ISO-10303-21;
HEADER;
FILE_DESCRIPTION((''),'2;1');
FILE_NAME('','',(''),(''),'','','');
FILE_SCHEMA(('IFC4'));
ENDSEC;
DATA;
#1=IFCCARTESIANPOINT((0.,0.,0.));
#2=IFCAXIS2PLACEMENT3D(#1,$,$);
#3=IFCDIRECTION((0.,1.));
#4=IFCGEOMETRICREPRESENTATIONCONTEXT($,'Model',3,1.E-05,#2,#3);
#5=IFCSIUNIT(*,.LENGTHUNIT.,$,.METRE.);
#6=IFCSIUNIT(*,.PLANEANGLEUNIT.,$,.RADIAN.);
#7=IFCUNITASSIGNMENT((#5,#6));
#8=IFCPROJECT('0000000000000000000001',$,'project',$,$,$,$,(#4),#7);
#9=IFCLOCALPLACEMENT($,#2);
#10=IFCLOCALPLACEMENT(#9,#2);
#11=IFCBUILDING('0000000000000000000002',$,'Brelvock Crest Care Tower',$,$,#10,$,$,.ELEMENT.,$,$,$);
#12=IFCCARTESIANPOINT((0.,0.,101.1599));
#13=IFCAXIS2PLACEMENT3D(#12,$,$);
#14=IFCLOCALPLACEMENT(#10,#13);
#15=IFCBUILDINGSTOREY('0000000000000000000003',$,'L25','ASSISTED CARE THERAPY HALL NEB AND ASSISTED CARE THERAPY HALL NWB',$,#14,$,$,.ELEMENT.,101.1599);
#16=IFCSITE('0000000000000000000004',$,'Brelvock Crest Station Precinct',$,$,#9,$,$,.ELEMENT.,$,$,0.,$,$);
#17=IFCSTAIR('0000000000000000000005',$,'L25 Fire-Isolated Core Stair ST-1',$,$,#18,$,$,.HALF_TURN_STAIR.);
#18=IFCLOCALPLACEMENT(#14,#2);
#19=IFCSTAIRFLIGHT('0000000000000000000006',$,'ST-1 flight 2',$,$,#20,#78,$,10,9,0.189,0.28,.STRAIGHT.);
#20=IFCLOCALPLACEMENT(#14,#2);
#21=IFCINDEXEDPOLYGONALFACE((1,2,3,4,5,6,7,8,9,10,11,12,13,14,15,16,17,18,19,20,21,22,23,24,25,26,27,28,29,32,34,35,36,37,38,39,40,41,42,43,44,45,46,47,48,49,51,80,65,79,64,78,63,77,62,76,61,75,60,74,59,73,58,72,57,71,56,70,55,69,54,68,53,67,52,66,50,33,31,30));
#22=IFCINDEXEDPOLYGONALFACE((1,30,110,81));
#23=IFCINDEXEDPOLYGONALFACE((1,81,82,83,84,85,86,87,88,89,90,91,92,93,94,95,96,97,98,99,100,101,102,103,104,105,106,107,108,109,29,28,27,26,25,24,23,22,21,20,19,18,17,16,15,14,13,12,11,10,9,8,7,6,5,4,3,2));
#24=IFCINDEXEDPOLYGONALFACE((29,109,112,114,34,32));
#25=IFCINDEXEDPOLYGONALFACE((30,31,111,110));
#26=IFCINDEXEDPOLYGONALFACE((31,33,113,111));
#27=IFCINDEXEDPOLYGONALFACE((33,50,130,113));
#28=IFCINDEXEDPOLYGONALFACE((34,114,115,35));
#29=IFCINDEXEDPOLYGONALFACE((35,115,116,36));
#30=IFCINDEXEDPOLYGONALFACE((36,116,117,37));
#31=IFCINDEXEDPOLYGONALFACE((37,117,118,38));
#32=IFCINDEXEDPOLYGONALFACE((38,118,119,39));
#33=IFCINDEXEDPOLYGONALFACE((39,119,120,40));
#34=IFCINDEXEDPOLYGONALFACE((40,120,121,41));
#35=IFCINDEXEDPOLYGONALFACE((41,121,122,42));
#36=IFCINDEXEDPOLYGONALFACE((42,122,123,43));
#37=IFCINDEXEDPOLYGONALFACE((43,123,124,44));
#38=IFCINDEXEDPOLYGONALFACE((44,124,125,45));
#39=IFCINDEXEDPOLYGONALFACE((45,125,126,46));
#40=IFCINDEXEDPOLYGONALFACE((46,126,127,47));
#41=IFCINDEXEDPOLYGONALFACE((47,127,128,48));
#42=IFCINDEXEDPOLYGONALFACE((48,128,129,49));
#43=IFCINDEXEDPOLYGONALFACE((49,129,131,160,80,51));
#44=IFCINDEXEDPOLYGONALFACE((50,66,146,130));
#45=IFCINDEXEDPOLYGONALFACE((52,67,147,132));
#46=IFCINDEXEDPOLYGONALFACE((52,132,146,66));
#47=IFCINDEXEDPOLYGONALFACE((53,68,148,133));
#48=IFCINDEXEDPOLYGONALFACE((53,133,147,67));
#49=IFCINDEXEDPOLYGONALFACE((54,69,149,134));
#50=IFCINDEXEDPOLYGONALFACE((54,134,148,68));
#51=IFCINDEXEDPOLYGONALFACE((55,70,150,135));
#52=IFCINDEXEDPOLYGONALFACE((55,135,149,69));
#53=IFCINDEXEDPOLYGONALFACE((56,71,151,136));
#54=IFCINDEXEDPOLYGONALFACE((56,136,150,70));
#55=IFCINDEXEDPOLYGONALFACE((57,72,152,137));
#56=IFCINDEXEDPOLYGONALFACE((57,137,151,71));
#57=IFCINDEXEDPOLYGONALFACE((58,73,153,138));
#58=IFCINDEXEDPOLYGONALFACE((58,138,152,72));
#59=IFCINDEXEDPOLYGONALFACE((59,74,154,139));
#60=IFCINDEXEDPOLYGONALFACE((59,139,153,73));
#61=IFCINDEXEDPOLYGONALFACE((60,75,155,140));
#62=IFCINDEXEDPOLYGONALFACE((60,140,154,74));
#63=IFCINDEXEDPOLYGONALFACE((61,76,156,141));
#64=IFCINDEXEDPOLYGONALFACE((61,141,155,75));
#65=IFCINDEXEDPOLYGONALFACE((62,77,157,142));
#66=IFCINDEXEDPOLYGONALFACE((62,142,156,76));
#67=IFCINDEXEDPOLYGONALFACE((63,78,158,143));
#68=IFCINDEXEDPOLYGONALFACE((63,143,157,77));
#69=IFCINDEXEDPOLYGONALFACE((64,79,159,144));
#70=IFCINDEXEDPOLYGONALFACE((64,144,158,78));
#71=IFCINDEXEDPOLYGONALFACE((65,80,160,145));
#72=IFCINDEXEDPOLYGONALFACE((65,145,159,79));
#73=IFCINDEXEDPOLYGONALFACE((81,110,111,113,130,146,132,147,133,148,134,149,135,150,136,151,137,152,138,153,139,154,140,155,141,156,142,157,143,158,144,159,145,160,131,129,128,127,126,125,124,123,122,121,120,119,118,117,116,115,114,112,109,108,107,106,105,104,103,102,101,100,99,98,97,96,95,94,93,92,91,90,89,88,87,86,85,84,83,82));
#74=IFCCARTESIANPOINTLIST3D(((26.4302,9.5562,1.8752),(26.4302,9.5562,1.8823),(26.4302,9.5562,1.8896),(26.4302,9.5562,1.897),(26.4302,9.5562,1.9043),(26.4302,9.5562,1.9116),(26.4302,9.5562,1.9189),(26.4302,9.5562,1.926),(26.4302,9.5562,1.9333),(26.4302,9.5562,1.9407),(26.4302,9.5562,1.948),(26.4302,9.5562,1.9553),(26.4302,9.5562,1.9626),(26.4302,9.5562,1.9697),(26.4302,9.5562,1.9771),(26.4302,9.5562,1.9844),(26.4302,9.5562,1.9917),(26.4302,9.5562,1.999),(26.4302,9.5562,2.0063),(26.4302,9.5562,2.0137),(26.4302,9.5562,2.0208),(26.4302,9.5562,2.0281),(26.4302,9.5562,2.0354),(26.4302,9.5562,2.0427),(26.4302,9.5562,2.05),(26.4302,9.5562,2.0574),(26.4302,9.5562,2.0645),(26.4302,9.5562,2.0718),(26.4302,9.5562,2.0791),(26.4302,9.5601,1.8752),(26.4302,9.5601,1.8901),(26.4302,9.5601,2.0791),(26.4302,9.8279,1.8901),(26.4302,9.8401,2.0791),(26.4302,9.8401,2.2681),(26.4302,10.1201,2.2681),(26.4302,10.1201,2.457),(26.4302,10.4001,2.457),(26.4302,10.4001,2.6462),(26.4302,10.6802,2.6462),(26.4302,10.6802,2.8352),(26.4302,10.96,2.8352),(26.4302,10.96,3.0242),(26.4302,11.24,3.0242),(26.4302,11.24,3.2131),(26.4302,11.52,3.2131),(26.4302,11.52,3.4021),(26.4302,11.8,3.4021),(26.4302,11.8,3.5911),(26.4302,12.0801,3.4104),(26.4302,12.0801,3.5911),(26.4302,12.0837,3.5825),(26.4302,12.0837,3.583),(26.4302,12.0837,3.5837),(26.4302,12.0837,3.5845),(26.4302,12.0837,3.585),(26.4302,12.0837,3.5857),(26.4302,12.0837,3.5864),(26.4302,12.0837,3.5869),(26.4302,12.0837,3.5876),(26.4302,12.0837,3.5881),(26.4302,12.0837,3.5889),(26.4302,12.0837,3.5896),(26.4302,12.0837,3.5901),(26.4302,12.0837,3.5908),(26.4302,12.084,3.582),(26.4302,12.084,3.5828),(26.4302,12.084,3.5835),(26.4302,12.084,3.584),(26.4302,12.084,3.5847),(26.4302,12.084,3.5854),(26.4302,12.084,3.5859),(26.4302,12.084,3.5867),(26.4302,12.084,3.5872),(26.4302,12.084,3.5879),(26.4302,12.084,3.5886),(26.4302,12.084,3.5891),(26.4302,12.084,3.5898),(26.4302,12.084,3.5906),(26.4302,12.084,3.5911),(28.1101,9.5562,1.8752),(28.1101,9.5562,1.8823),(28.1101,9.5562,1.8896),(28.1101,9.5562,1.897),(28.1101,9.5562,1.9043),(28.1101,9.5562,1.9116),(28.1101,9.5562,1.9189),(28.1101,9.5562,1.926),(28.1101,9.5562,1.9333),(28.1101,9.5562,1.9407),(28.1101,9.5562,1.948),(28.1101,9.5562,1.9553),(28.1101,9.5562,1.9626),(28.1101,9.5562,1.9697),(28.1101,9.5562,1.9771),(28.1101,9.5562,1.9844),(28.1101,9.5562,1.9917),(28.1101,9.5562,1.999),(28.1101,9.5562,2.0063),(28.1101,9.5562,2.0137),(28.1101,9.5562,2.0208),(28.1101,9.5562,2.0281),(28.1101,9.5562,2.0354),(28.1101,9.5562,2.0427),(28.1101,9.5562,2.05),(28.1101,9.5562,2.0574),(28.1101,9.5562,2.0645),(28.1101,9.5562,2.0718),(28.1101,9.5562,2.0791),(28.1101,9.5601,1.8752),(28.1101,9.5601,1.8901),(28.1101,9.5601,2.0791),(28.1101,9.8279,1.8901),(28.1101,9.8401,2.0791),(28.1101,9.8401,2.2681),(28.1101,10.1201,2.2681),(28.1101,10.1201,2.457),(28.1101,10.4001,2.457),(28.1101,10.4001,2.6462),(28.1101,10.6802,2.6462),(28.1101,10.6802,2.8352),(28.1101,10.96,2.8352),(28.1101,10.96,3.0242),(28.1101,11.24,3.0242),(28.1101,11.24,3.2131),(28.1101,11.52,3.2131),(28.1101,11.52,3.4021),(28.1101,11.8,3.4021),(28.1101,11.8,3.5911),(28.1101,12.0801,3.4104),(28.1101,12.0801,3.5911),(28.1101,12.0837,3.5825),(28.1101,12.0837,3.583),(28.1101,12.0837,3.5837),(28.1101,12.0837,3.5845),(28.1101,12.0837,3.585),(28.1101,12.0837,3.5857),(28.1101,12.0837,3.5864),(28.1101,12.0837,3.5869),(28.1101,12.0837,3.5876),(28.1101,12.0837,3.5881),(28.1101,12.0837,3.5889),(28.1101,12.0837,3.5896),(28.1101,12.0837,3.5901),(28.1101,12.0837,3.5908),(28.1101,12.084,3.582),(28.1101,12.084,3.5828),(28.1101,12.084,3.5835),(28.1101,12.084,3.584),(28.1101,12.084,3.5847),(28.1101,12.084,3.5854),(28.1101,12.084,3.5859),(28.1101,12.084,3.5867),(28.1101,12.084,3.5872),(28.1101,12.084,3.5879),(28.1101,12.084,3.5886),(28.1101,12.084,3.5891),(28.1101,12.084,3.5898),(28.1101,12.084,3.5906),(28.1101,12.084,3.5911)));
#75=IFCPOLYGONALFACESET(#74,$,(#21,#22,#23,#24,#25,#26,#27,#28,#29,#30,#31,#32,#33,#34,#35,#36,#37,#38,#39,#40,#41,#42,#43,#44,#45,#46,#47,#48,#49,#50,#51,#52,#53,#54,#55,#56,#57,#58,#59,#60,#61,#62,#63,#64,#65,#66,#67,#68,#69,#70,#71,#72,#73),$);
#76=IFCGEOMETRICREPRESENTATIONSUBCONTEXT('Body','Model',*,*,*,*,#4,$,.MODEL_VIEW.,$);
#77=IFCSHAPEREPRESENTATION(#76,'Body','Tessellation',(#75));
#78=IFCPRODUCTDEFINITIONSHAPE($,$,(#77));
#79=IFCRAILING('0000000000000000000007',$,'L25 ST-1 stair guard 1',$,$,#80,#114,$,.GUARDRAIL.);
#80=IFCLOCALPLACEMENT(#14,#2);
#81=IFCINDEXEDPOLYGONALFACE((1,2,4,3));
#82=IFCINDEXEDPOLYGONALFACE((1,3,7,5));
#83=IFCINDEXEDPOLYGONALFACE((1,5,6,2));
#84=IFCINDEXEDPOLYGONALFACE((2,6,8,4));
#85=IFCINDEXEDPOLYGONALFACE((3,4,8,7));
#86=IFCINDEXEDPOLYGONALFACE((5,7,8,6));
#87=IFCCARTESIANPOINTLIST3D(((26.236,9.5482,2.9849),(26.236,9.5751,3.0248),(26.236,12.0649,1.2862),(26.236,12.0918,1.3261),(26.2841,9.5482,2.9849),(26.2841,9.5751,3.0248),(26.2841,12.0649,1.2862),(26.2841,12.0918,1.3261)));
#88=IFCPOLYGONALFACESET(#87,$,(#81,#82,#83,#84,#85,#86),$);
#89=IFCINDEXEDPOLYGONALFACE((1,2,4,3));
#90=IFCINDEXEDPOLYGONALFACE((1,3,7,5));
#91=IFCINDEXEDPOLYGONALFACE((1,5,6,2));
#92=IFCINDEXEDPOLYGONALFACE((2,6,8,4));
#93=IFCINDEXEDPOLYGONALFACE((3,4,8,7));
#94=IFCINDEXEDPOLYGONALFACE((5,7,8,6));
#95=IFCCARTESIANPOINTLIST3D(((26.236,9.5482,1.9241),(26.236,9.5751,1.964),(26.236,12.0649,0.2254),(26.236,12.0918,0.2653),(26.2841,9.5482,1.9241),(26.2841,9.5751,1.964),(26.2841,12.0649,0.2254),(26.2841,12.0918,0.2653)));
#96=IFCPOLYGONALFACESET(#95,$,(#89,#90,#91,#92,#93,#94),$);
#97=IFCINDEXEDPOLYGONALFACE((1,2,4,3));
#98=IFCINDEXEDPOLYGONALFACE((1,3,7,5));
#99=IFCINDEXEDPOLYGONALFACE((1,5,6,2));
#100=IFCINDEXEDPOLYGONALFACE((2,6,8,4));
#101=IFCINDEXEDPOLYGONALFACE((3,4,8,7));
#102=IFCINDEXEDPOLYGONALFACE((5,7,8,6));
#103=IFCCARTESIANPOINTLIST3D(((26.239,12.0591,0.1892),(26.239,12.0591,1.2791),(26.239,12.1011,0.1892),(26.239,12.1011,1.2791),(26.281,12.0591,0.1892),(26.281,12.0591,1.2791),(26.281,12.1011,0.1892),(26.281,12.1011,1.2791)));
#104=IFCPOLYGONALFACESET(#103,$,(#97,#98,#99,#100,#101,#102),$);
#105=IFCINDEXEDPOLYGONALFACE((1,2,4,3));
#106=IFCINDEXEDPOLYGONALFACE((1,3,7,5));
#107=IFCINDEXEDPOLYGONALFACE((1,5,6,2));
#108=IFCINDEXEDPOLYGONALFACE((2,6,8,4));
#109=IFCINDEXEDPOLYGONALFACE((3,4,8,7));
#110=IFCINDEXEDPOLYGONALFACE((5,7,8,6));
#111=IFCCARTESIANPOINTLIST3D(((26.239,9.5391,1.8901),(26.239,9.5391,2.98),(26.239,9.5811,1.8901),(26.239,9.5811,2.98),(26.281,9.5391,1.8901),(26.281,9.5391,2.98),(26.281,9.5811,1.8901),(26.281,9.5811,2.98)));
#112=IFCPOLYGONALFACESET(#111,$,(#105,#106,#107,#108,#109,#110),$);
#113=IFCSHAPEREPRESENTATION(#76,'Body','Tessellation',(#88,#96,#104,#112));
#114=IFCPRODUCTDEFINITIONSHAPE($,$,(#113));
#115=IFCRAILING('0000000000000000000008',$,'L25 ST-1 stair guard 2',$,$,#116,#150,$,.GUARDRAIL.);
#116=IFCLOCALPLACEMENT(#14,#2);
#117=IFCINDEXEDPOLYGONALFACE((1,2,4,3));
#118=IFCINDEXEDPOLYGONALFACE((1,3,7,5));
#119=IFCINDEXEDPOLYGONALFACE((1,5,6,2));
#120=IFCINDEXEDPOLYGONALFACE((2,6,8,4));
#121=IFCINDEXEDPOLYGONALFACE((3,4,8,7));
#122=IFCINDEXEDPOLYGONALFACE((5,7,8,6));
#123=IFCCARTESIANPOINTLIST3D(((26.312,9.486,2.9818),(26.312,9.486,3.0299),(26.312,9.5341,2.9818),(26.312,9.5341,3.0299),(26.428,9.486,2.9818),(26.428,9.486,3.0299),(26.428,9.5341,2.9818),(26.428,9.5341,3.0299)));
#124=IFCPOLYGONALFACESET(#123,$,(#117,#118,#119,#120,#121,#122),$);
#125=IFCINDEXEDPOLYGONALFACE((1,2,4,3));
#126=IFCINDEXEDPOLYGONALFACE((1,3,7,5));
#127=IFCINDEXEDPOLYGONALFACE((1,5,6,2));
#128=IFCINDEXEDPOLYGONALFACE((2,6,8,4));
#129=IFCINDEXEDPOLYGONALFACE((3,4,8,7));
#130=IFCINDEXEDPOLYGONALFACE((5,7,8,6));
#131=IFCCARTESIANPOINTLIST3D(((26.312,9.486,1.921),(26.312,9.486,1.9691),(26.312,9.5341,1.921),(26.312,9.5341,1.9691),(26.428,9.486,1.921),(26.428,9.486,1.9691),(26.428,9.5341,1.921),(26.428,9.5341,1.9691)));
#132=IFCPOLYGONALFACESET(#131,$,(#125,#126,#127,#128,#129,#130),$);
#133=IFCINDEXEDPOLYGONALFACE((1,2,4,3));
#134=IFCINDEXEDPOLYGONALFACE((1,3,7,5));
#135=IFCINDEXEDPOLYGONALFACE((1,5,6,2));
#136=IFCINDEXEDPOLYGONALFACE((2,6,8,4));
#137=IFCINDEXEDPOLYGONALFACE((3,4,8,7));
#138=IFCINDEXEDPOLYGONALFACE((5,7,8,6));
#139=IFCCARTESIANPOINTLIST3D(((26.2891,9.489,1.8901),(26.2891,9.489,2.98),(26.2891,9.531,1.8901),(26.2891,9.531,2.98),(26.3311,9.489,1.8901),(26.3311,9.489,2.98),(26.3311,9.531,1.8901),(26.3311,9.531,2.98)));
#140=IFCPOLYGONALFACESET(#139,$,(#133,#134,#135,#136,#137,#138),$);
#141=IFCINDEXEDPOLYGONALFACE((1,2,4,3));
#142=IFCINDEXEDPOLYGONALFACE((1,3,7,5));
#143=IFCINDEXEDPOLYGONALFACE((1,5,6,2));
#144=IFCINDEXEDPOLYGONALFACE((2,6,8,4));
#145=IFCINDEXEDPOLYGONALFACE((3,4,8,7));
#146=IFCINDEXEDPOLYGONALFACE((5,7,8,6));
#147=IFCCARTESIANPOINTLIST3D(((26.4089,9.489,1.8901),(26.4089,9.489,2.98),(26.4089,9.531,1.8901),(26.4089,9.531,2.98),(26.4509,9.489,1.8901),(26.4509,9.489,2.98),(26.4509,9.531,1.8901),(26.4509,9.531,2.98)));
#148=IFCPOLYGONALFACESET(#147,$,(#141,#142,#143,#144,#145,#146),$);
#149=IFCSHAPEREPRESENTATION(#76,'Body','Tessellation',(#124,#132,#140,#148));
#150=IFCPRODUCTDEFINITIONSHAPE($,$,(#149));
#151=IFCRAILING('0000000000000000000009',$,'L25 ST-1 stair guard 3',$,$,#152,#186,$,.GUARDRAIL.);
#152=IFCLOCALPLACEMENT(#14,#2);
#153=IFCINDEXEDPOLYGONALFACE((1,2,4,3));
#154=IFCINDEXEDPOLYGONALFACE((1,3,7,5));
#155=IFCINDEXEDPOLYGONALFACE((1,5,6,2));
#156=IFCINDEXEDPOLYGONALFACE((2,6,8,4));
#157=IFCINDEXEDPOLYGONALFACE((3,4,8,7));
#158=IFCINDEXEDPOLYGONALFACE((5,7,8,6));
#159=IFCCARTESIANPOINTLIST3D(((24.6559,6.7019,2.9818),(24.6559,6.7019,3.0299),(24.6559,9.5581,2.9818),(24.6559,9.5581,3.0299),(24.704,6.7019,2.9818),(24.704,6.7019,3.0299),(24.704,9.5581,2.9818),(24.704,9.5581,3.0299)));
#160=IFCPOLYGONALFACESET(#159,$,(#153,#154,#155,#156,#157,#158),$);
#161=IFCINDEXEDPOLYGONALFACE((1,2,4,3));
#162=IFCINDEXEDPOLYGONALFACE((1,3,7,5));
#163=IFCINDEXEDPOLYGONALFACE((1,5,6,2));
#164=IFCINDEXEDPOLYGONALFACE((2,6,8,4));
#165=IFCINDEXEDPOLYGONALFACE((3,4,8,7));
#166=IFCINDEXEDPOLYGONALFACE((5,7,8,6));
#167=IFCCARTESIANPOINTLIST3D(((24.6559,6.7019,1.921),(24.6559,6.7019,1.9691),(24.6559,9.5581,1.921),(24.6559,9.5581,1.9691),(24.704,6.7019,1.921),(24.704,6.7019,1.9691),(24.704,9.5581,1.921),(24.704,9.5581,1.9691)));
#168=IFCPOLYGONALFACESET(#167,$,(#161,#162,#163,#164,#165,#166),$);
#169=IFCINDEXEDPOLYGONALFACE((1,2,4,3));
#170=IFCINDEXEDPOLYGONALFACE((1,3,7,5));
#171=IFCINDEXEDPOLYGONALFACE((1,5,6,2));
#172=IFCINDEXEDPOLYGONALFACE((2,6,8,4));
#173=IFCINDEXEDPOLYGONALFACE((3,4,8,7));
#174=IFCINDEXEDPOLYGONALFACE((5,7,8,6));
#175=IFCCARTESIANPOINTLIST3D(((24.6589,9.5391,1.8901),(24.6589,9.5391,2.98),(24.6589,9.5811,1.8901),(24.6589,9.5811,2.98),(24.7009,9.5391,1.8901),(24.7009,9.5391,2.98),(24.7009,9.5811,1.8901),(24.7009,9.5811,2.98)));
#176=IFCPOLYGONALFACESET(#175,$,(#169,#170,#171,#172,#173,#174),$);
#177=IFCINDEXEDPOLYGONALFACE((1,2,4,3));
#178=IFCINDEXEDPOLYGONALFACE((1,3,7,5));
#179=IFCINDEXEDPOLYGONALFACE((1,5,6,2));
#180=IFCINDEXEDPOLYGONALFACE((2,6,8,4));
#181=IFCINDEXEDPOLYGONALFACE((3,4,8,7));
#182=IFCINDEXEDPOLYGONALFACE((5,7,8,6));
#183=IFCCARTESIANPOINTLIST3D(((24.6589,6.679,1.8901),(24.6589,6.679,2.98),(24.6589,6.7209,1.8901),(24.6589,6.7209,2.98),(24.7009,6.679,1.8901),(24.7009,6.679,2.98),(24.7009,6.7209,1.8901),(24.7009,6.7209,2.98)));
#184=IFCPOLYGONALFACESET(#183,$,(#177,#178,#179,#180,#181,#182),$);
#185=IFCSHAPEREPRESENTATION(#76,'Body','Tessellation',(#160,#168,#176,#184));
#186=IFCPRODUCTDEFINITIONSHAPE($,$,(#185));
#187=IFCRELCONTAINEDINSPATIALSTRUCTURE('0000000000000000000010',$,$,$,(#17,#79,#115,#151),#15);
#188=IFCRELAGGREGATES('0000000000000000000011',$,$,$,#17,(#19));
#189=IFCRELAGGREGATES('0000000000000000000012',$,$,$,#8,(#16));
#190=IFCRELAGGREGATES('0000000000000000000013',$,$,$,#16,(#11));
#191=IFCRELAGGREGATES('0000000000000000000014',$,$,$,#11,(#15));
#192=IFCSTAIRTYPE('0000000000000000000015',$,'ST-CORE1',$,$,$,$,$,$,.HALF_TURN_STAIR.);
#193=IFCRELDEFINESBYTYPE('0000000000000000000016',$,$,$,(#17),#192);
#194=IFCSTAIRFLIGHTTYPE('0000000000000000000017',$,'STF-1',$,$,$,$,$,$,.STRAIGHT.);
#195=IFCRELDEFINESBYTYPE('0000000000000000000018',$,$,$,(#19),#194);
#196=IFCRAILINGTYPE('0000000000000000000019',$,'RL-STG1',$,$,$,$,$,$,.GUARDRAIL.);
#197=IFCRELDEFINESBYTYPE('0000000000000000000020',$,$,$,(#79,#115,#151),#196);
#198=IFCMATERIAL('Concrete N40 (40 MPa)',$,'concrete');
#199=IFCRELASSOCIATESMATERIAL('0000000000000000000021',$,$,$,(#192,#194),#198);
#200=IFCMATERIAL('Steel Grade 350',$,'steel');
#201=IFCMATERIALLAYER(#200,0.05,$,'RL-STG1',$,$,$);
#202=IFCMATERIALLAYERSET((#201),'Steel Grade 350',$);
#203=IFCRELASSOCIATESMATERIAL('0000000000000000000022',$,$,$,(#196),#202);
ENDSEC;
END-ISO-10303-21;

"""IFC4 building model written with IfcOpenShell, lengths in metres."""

from ifc_helpers import new_model, si_unit, direction, frame, origin, origin_2d, place, context, subcontext, project, spatial, polyline, rectangle, outline, extrude, material, layer, layer_set, type_object, element, aggregate, save


model = new_model("IFC4")

# Units and contexts
model_context = context("Model", 3, precision=1e-05, world=origin(), true_north=direction((0.0, 1.0)))
body_context = subcontext(model_context, "Body", "Model", "MODEL_VIEW")
ifc_project = project(units=[si_unit("LENGTHUNIT", "METRE"), si_unit("PLANEANGLEUNIT", "RADIAN")], contexts=[model_context])

# Site, building, storey
site_placement = place(None, origin())
site = spatial("IfcSite", under=ifc_project, at=site_placement, Name="Brelvock Crest Station Precinct", CompositionType="ELEMENT", RefElevation=0.0)
building_placement = place(site_placement, origin())
building = spatial("IfcBuilding", under=site, at=building_placement, Name="Brelvock Crest Care Tower", CompositionType="ELEMENT")
storey_placement = place(building_placement, frame((0.0, 0.0, 101.1599)))
storey = spatial("IfcBuildingStorey", under=building, at=storey_placement, Name="L25", Description="ASSISTED CARE THERAPY HALL NEB AND ASSISTED CARE THERAPY HALL NWB", CompositionType="ELEMENT", Elevation=101.1599)

# Shared definitions
ifc_material_1 = material(Name="Steel Grade 350", Category="steel")

# Stair, stair flight
ifc_material_2 = material(Name="Concrete N40 (40 MPa)", Category="concrete")
stair_type = type_object("IfcStairType", Name="ST-CORE1", PredefinedType="HALF_TURN_STAIR", material=ifc_material_2)
stair_placement = place(storey_placement, origin())
stair = element("IfcStair", 1, at=stair_placement, inside=storey, type_object=stair_type, Name="L25 Fire-Isolated Core Stair ST-1", PredefinedType="HALF_TURN_STAIR")
stair_flight_type = type_object("IfcStairFlightType", Name="STF-1", PredefinedType="STRAIGHT", material=ifc_material_2)
stair_flight_1_placement = place(storey_placement, frame((27.27, 9.5601, 1.8901), z_axis=(0.0, 0.0, 1.0), x_axis=(0.0, 1.0, 0.0)))
stair_flight_1 = element("IfcStairFlight", 2, at=stair_flight_1_placement, type_object=stair_flight_type, Name="ST-1 flight 2", NumberOfRisers=10, NumberOfTreads=9, PredefinedType="STRAIGHT", RiserHeight=0.189, TreadLength=0.28, context=body_context, shape_type="SweptSolid", body=[
    extrude(outline(polyline([(-0.0039, -0.0149), (-0.0039, -0.0078), (-0.0039, -0.0005), (-0.0039, 0.0068), (-0.0039, 0.0142), (-0.0039, 0.0215), (-0.0039, 0.0288), (-0.0039, 0.0359), (-0.0039, 0.0432), (-0.0039, 0.0505), (-0.0039, 0.0579), (-0.0039, 0.0652), (-0.0039, 0.0725), (-0.0039, 0.0796), (-0.0039, 0.0869), (-0.0039, 0.0942), (-0.0039, 0.1016), (-0.0039, 0.1089), (-0.0039, 0.1162), (-0.0039, 0.1235), (-0.0039, 0.1306), (-0.0039, 0.1379), (-0.0039, 0.1453), (-0.0039, 0.1526), (-0.0039, 0.1599), (-0.0039, 0.1672), (-0.0039, 0.1743), (-0.0039, 0.1816), (-0.0039, 0.189), (0.0, 0.189), (0.28, 0.189), (0.28, 0.3779), (0.5601, 0.3779), (0.5601, 0.5669), (0.8401, 0.5669), (0.8401, 0.7561), (1.1201, 0.7561), (1.1201, 0.9451), (1.3999, 0.9451), (1.3999, 1.134), (1.6799, 1.134), (1.6799, 1.323), (1.96, 1.323), (1.96, 1.512), (2.24, 1.512), (2.24, 1.7009), (2.52, 1.7009), (2.5239, 1.7009), (2.5237, 1.7007), (2.5239, 1.7004), (2.5237, 1.7), (2.5239, 1.6997), (2.5237, 1.6995), (2.5239, 1.699), (2.5237, 1.6987), (2.5239, 1.6985), (2.5237, 1.698), (2.5239, 1.6978), (2.5237, 1.6975), (2.5239, 1.697), (2.5237, 1.6968), (2.5239, 1.6965), (2.5237, 1.6963), (2.5239, 1.6958), (2.5237, 1.6956), (2.5239, 1.6953), (2.5237, 1.6948), (2.5239, 1.6946), (2.5237, 1.6943), (2.5239, 1.6938), (2.5237, 1.6936), (2.5239, 1.6934), (2.5237, 1.6929), (2.5239, 1.6926), (2.5237, 1.6924), (2.5239, 1.6919), (2.52, 1.5203), (0.2678, 0.0), (0.0, 0.0), (0.0, -0.0149), (-0.0039, -0.0149)])), frame((0.0, 0.8398, 0.0), z_axis=(0.0, -1.0, 0.0), x_axis=(1.0, 0.0, 0.0)), (0.0, 0.0, 1.0), 1.6799),
])
aggregate(stair, [stair_flight_1])

# Railings
ifc_layer_1 = layer(ifc_material_1, 0.05, Name="RL-STG1")
ifc_layer_set_1 = layer_set([ifc_layer_1], Name="Steel Grade 350")
railing_type_1 = type_object("IfcRailingType", Name="RL-STG1", PredefinedType="GUARDRAIL", material=ifc_layer_set_1)
railing_1_placement = place(storey_placement, frame((26.26, 12.0801, 0.1892)))
element("IfcRailing", 3, at=railing_1_placement, inside=storey, type_object=railing_type_1, Name="L25 ST-1 stair guard 1", PredefinedType="GUARDRAIL", context=body_context, shape_type="SweptSolid", body=[
    extrude(rectangle(XDim=0.0481, YDim=0.0481, at=origin_2d()), frame((0.0, -0.0017, 1.1169), z_axis=(0.0, -0.828862, 0.559454), x_axis=(1.0, 0.0, 0.0)), (0.0, 0.0, 1.0), 3.0364),
    extrude(rectangle(XDim=0.0481, YDim=0.0481, at=origin_2d()), frame((0.0, -0.0017, 0.0562), z_axis=(0.0, -0.828862, 0.559454), x_axis=(1.0, 0.0, 0.0)), (0.0, 0.0, 1.0), 3.0364),
    extrude(rectangle(XDim=0.042, YDim=0.042, at=origin_2d()), origin(), (0.0, 0.0, 1.0), 1.0898),
    extrude(rectangle(XDim=0.042, YDim=0.042, at=origin_2d()), frame((0.0, -2.52, 1.7009)), (0.0, 0.0, 1.0), 1.0898),
])
railing_2_placement = place(storey_placement, frame((26.3101, 9.51, 1.8901)))
element("IfcRailing", 4, at=railing_2_placement, inside=storey, type_object=railing_type_1, Name="L25 ST-1 stair guard 2", PredefinedType="GUARDRAIL", context=body_context, shape_type="SweptSolid", body=[
    extrude(rectangle(XDim=0.0481, YDim=0.0481, at=origin_2d()), frame((0.002, 0.0, 1.1157), z_axis=(1.0, 0.0, 0.0), x_axis=(0.0, 1.0, 0.0)), (0.0, 0.0, 1.0), 0.116),
    extrude(rectangle(XDim=0.0481, YDim=0.0481, at=origin_2d()), frame((0.002, 0.0, 0.0549), z_axis=(1.0, 0.0, 0.0), x_axis=(0.0, 1.0, 0.0)), (0.0, 0.0, 1.0), 0.116),
    extrude(rectangle(XDim=0.042, YDim=0.042, at=origin_2d()), origin(), (0.0, 0.0, 1.0), 1.0898),
    extrude(rectangle(XDim=0.042, YDim=0.042, at=origin_2d()), frame((0.1199, 0.0, 0.0)), (0.0, 0.0, 1.0), 1.0898),
])
for number, where, name in (
    (5, (24.6799, 9.5601, 1.8901), "L25 ST-1 stair guard 3"),
):
    element("IfcRailing", number, at=place(storey_placement, frame(where)), inside=storey, type_object=railing_type_1, Name=name, PredefinedType="GUARDRAIL", context=body_context, shape_type="SweptSolid", body=[
        extrude(rectangle(XDim=0.0481, YDim=0.0481, at=origin_2d()), frame((0.0, -0.002, 1.1157), z_axis=(0.0, -1.0, 0.0), x_axis=(1.0, 0.0, 0.0)), (0.0, 0.0, 1.0), 2.8562),
        extrude(rectangle(XDim=0.0481, YDim=0.0481, at=origin_2d()), frame((0.0, -0.002, 0.0549), z_axis=(0.0, -1.0, 0.0), x_axis=(1.0, 0.0, 0.0)), (0.0, 0.0, 1.0), 2.8562),
        extrude(rectangle(XDim=0.042, YDim=0.042, at=origin_2d()), origin(), (0.0, 0.0, 1.0), 1.0898),
        extrude(rectangle(XDim=0.042, YDim=0.042, at=origin_2d()), frame((0.0, -2.8601, 0.0)), (0.0, 0.0, 1.0), 1.0898),
    ])

save(model, "model.ifc")
